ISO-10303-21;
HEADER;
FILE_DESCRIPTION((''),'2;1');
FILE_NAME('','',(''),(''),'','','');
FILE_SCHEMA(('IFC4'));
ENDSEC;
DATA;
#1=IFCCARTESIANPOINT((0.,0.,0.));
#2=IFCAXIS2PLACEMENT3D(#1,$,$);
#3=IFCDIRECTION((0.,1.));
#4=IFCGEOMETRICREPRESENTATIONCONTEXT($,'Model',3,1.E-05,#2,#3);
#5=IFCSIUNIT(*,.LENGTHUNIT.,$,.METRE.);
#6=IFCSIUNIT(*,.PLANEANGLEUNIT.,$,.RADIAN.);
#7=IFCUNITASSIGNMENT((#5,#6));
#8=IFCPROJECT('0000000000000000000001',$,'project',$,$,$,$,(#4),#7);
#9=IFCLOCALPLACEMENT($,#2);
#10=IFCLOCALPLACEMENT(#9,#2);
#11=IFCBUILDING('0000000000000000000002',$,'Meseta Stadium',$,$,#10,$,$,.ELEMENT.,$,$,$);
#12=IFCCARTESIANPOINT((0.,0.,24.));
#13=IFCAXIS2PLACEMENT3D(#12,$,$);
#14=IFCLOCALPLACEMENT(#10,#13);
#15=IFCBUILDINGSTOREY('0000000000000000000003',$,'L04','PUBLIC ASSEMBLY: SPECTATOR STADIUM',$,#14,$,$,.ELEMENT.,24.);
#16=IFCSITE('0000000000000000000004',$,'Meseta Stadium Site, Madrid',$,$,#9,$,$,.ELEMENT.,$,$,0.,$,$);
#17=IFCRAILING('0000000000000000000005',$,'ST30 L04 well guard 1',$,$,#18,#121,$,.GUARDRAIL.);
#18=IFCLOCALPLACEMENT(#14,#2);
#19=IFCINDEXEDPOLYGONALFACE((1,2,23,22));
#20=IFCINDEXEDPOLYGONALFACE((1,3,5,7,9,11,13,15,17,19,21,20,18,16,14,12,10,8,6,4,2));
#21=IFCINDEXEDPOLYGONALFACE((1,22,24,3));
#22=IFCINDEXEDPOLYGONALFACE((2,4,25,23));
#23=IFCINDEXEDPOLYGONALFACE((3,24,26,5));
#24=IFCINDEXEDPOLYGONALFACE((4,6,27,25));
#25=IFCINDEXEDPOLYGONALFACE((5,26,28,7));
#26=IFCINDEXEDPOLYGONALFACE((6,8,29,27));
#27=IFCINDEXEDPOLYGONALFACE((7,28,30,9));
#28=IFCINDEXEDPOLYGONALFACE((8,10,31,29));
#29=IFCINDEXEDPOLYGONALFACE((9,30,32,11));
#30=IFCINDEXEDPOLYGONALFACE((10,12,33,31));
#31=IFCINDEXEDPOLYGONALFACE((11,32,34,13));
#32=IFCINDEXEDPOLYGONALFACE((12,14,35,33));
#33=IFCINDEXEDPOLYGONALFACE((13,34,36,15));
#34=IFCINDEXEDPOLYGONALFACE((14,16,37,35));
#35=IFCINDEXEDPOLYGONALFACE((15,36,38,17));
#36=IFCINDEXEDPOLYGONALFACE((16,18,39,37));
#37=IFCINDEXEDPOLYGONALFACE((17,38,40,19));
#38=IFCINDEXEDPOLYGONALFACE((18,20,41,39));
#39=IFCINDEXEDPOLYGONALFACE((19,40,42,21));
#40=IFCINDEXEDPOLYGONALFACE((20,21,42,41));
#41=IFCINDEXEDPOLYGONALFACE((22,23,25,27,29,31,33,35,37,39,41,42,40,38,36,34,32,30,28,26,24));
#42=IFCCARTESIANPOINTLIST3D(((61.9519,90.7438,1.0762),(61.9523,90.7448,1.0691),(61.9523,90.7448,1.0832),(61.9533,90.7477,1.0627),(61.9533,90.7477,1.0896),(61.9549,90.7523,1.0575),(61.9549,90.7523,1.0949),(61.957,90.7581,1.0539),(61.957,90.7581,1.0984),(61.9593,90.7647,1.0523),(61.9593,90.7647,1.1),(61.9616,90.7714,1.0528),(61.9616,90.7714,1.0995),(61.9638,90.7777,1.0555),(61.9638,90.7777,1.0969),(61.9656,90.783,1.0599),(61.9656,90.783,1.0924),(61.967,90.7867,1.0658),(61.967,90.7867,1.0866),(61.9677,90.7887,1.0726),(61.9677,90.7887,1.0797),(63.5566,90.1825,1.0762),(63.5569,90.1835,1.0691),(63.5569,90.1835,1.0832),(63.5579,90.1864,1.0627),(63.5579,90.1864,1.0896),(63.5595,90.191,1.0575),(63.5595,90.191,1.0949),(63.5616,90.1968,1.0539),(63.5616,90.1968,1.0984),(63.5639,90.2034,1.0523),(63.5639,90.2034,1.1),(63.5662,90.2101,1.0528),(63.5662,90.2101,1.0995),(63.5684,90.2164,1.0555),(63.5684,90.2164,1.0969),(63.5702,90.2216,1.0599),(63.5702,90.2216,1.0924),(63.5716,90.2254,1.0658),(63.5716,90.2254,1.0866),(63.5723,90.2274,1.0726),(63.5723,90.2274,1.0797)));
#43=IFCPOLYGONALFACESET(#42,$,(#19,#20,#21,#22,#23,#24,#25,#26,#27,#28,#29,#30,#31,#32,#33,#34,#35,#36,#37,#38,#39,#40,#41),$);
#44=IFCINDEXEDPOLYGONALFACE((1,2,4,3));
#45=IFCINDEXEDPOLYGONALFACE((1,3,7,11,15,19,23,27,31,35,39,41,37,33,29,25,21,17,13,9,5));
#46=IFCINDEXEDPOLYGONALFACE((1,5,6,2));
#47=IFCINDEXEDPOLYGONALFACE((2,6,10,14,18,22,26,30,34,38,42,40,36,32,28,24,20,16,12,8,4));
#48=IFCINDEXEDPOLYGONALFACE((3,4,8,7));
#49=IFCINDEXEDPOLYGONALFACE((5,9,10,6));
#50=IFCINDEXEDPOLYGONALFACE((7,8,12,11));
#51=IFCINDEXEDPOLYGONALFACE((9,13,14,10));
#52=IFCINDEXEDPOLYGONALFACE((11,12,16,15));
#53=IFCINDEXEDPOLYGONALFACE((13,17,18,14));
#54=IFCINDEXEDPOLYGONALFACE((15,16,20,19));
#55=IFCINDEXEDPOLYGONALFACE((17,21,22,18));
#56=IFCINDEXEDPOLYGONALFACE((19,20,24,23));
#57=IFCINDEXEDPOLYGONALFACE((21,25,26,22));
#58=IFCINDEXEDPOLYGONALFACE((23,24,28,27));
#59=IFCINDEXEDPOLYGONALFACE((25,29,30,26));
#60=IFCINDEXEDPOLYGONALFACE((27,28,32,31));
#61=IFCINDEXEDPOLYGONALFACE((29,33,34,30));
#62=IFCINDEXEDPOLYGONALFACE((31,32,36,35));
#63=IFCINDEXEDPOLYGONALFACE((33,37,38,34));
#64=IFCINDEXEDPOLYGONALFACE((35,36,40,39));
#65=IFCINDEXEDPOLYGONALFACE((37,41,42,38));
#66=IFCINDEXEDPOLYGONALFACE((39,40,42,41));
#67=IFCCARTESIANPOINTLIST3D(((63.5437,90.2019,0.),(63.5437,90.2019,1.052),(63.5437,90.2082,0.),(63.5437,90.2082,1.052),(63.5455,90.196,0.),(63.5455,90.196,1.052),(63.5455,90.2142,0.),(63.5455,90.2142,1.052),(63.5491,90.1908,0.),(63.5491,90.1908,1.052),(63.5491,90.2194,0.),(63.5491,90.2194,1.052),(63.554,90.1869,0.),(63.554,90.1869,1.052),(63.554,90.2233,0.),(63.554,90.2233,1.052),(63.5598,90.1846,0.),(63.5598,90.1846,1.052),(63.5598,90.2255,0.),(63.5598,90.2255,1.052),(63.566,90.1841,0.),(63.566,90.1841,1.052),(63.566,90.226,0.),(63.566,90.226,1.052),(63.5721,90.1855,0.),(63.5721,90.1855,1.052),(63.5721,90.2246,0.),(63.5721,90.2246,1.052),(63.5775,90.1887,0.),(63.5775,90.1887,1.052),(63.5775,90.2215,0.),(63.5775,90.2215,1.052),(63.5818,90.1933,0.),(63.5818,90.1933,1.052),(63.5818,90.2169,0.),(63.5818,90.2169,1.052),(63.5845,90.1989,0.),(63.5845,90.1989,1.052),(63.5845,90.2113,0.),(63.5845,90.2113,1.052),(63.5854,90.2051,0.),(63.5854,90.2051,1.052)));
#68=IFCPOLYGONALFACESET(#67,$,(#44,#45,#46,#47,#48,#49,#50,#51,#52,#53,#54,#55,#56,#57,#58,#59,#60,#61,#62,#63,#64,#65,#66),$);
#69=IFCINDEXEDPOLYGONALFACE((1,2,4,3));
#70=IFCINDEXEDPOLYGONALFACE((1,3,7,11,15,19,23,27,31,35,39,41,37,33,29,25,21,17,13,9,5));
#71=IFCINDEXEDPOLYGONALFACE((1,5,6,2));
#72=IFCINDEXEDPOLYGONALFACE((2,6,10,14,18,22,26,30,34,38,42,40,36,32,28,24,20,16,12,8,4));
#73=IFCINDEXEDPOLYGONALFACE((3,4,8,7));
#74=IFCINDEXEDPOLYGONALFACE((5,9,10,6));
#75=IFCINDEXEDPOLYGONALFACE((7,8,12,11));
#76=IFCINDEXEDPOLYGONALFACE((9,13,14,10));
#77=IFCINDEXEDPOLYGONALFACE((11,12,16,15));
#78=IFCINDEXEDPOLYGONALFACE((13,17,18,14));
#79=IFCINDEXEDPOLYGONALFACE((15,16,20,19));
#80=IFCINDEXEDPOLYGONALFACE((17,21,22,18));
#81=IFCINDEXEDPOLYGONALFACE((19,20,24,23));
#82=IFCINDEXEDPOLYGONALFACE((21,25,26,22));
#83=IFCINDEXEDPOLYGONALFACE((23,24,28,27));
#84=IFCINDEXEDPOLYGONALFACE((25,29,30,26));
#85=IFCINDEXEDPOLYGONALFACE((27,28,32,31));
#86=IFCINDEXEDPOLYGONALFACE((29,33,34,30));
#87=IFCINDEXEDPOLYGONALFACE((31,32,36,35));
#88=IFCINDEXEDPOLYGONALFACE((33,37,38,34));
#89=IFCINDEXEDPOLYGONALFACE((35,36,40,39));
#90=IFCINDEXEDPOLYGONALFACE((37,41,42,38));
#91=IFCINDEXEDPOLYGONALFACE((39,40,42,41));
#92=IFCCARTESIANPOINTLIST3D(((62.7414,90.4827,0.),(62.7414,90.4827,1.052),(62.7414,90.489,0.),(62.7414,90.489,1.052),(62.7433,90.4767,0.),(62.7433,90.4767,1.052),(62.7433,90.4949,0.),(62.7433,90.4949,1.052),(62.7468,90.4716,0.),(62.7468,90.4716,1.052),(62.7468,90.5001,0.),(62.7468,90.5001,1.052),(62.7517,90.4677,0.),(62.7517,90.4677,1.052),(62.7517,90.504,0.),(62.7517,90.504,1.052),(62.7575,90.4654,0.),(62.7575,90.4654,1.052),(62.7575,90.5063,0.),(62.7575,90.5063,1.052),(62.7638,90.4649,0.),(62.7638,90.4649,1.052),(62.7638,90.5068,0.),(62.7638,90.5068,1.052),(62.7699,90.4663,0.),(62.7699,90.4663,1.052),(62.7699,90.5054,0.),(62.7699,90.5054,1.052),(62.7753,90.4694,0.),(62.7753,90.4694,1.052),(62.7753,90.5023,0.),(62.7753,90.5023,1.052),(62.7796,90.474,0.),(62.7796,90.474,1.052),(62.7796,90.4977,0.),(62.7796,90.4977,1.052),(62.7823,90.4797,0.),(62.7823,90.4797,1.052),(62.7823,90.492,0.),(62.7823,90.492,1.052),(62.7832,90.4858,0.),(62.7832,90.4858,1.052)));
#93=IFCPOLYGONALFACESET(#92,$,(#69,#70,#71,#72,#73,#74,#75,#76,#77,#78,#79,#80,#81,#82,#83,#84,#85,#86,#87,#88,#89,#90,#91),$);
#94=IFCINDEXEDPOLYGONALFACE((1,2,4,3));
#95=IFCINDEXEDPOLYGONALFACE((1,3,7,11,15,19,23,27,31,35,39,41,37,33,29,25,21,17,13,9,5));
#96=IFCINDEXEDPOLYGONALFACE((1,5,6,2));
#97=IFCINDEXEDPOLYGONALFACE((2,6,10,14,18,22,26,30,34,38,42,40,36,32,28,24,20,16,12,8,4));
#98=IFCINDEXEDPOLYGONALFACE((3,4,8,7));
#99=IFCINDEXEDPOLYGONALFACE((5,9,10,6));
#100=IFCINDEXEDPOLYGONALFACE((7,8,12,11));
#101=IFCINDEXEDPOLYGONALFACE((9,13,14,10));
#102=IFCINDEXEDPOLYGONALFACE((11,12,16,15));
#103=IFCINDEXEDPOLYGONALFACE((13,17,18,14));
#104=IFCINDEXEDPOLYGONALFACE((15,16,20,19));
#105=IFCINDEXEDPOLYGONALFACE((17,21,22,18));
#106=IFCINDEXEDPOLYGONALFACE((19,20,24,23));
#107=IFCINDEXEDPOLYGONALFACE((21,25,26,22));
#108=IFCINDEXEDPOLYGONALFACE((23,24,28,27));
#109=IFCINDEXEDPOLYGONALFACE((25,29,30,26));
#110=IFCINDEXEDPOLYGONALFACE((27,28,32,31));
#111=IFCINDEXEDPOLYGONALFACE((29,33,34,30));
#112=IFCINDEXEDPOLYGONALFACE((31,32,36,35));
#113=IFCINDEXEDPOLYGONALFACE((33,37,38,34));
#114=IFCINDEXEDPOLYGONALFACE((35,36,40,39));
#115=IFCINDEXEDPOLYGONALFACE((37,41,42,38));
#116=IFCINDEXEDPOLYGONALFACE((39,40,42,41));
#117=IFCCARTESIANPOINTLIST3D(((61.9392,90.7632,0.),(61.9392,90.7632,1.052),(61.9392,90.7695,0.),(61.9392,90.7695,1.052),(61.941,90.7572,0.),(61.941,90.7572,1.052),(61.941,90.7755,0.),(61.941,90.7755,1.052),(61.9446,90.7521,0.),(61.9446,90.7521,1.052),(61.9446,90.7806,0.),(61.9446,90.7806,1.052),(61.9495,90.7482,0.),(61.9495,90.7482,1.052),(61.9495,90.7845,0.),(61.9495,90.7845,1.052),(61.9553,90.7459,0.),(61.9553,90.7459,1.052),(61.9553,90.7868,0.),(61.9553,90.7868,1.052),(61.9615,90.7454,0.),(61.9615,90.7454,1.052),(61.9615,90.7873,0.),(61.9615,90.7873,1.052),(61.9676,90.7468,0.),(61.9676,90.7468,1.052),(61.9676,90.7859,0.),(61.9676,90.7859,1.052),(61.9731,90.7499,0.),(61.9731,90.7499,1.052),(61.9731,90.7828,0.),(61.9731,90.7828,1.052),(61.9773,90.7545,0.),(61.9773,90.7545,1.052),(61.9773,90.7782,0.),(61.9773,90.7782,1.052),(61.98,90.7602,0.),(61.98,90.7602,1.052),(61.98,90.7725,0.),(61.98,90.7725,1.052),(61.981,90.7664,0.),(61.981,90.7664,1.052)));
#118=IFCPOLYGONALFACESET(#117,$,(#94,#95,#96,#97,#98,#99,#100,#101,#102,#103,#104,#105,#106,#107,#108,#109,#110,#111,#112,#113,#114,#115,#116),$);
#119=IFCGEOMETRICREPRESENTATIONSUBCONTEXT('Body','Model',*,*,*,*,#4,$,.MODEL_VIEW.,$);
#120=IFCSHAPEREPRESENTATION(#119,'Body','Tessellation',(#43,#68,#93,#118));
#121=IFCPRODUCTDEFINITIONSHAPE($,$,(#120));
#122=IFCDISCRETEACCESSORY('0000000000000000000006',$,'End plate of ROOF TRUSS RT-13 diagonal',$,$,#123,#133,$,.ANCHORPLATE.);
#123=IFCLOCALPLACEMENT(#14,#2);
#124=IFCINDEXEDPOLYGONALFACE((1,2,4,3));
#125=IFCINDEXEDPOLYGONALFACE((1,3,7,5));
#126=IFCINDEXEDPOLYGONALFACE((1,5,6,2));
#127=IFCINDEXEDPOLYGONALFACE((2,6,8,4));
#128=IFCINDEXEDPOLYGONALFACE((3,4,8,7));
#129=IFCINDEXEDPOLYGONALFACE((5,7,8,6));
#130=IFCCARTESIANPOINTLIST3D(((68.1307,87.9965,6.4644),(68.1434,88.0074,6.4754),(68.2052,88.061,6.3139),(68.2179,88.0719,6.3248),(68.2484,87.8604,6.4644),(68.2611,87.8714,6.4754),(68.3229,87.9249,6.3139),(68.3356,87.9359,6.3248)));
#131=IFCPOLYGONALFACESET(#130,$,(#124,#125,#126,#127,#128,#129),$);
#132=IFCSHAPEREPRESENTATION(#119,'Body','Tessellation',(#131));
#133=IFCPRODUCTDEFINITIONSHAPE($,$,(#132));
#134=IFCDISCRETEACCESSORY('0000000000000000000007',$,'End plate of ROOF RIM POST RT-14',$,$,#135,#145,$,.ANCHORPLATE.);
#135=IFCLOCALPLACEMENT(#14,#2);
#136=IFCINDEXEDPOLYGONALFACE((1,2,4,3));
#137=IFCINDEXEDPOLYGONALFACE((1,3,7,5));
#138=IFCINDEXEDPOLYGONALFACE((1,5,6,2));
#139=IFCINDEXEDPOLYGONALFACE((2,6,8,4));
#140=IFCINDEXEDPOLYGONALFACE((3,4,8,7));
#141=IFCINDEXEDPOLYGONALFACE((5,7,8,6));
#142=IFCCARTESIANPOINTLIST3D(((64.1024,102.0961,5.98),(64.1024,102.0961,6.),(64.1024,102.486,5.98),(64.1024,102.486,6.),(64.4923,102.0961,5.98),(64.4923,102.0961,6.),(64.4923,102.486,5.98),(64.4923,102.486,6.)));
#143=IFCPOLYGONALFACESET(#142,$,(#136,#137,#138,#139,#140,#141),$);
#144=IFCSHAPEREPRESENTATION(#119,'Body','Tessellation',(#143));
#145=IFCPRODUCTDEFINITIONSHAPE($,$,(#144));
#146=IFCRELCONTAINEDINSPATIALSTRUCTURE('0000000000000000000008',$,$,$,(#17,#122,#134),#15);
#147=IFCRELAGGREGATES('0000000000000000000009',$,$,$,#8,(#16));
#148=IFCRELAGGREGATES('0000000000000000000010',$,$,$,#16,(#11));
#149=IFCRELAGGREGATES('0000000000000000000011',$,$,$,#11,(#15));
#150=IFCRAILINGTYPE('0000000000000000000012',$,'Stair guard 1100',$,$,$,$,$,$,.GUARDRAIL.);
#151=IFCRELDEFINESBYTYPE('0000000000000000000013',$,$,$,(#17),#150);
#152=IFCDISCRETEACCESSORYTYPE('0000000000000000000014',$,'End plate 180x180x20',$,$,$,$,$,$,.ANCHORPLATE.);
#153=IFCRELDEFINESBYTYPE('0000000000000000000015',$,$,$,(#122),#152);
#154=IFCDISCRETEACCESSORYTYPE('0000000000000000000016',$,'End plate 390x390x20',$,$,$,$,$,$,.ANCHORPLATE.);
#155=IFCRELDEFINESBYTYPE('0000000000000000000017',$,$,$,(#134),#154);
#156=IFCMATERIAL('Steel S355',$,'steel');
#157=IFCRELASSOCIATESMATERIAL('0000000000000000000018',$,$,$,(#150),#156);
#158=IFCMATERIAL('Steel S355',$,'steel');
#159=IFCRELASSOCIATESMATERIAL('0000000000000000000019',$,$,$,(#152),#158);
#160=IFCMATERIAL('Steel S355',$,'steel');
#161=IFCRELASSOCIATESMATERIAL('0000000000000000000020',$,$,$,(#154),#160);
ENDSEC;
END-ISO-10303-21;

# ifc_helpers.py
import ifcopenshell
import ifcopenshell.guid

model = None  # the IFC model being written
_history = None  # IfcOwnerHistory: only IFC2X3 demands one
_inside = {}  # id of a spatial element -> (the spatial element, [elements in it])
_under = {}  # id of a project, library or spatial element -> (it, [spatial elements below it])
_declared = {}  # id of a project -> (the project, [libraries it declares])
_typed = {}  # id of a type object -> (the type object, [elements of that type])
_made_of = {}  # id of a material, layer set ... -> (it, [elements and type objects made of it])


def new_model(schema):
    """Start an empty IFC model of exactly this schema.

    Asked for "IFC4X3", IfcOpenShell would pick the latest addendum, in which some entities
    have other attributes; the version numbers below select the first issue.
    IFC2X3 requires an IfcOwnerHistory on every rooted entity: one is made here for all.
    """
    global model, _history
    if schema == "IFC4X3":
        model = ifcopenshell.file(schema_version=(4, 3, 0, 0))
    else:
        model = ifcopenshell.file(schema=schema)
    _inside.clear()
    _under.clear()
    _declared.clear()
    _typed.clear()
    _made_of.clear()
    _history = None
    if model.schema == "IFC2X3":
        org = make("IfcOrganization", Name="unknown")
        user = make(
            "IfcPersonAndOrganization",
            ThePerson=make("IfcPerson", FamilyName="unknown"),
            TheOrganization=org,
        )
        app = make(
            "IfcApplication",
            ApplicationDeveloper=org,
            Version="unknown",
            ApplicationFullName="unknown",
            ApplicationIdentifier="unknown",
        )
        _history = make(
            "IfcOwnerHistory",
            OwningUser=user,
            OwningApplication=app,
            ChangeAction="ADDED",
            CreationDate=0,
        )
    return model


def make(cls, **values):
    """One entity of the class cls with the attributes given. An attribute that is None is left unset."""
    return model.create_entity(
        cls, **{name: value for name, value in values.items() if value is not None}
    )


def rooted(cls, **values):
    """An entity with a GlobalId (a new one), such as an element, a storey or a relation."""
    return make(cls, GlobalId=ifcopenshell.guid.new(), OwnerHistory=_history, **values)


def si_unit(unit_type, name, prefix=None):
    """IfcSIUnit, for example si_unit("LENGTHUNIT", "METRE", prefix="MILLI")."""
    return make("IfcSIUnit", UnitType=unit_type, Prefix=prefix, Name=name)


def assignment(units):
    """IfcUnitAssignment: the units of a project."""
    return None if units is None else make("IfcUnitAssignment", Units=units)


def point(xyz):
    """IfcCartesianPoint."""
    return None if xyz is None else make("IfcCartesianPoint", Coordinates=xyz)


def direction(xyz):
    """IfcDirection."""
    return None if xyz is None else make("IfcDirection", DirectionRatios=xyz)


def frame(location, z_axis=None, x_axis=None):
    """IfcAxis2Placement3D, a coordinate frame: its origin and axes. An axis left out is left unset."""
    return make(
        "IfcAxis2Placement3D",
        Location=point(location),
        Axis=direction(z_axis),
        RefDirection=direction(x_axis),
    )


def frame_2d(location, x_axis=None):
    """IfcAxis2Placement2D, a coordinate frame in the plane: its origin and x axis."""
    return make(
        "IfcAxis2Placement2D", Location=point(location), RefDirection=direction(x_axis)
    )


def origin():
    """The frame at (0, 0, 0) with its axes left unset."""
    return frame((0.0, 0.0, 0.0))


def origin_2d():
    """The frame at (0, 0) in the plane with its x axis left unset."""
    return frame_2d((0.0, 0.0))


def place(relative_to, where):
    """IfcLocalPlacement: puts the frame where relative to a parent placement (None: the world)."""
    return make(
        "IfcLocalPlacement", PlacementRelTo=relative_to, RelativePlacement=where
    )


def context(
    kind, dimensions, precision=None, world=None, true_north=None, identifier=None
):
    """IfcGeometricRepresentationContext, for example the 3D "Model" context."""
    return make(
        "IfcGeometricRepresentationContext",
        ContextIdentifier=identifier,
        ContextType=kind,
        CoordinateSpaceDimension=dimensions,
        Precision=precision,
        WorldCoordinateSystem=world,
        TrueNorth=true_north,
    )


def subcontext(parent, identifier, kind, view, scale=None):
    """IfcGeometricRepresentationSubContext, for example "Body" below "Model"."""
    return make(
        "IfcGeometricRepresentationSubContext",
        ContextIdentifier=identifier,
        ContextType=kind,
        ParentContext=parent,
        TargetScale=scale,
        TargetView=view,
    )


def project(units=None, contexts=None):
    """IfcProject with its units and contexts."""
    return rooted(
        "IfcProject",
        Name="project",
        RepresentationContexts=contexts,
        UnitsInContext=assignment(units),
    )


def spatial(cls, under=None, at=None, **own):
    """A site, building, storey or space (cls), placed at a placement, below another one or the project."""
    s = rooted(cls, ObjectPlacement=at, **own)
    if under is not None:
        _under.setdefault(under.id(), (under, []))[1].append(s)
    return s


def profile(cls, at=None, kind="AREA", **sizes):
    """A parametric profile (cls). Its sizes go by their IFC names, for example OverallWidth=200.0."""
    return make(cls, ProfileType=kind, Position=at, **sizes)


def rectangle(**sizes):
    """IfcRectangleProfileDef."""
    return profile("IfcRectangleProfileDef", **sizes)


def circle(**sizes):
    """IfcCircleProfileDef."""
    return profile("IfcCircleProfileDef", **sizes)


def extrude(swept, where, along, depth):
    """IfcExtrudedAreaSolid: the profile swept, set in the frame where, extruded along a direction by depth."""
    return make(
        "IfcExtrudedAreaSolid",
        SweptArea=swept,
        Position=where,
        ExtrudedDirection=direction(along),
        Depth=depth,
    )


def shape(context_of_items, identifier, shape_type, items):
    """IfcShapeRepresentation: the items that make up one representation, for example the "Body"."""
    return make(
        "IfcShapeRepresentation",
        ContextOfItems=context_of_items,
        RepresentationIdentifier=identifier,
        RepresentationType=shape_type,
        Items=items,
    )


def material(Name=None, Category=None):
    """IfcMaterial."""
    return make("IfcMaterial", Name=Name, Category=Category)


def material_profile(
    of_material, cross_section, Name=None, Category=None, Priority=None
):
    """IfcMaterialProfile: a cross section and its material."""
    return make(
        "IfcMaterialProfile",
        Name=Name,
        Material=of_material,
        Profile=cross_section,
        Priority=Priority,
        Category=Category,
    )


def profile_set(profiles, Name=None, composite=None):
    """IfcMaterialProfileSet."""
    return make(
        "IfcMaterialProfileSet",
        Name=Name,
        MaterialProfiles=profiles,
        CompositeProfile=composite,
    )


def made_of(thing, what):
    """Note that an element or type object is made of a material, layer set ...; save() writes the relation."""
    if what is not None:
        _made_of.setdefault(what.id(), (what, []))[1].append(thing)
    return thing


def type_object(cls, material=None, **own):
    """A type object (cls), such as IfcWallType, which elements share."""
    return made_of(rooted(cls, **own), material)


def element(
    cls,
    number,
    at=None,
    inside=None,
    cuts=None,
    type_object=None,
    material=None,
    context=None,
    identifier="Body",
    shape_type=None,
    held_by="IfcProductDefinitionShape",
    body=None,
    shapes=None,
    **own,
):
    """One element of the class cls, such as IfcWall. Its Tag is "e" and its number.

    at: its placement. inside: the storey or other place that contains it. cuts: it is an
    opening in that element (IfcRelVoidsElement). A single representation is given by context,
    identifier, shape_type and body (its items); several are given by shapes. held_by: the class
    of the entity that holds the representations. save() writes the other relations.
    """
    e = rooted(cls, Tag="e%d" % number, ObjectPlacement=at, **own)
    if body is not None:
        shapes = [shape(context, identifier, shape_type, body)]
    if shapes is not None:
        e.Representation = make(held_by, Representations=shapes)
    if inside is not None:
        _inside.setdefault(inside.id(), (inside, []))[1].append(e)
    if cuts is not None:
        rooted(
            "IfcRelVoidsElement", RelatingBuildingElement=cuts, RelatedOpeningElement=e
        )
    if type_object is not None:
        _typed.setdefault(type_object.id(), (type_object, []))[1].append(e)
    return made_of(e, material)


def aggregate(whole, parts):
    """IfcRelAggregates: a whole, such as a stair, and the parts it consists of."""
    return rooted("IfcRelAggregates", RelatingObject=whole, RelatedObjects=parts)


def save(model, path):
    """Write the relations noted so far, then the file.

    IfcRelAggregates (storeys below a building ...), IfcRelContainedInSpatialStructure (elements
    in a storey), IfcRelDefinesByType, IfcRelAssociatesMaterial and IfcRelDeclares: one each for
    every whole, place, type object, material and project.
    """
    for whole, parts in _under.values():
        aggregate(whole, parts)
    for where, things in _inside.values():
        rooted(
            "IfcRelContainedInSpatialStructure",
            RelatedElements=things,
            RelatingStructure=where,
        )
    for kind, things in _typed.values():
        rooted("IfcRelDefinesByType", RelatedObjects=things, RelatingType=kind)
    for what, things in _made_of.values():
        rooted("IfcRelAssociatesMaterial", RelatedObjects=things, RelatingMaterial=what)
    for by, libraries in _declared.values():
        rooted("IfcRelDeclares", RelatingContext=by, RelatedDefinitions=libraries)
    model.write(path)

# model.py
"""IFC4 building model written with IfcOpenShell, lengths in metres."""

from ifc_helpers import new_model, si_unit, direction, frame, origin, origin_2d, place, context, subcontext, project, spatial, rectangle, circle, extrude, material, material_profile, profile_set, type_object, element, save


model = new_model("IFC4")

# Units and contexts
model_context = context("Model", 3, precision=1e-05, world=origin(), true_north=direction((0.0, 1.0)))
body_context = subcontext(model_context, "Body", "Model", "MODEL_VIEW")
ifc_project = project(units=[si_unit("LENGTHUNIT", "METRE"), si_unit("PLANEANGLEUNIT", "RADIAN")], contexts=[model_context])

# Site, building, storey
site_placement = place(None, origin())
site = spatial("IfcSite", under=ifc_project, at=site_placement, Name="Meseta Stadium Site, Madrid", CompositionType="ELEMENT", RefElevation=0.0)
building_placement = place(site_placement, origin())
building = spatial("IfcBuilding", under=site, at=building_placement, Name="Meseta Stadium", CompositionType="ELEMENT")
storey_placement = place(building_placement, frame((0.0, 0.0, 24.0)))
storey = spatial("IfcBuildingStorey", under=building, at=storey_placement, Name="L04", Description="PUBLIC ASSEMBLY: SPECTATOR STADIUM", CompositionType="ELEMENT", Elevation=24.0)

# Railing
ifc_material_1 = material(Name="Steel S355", Category="steel")
railing_type = type_object("IfcRailingType", Name="Stair guard 1100", PredefinedType="GUARDRAIL", material=ifc_material_1)
railing_1_placement = place(storey_placement, frame((63.5645, 90.2051, 0.0)))
element("IfcRailing", 1, at=railing_1_placement, inside=storey, type_object=railing_type, Name="ST30 L04 well guard 1", PredefinedType="GUARDRAIL", context=body_context, shape_type="SweptSolid", body=[
    extrude(circle(Radius=0.0239, at=origin_2d()), frame((0.0, 0.0, 1.0762), z_axis=(-0.943912, 0.330197, 0.0), x_axis=(-0.330197, -0.943912, 0.0)), (0.0, 0.0, 1.0), 1.7),
    extrude(circle(Radius=0.021, at=origin_2d()), origin(), (0.0, 0.0, 1.0), 1.052),
    extrude(circle(Radius=0.021, at=origin_2d()), frame((-0.8022, 0.2808, 0.0)), (0.0, 0.0, 1.0), 1.052),
    extrude(circle(Radius=0.021, at=origin_2d()), frame((-1.6045, 0.5613, 0.0)), (0.0, 0.0, 1.0), 1.052),
])

# Discrete accessories
ifc_material_2 = material(Name="Steel S355", Category="steel")
ifc_material_profile_1 = material_profile(ifc_material_2, rectangle(XDim=0.1799, YDim=0.1799, at=origin_2d()), Name="PL 180x180")
ifc_profile_set_1 = profile_set([ifc_material_profile_1], Name="Steel S355")
discrete_accessory_type_1 = type_object("IfcDiscreteAccessoryType", Name="End plate 180x180x20", PredefinedType="ANCHORPLATE", material=ifc_profile_set_1)
discrete_accessory_1_placement = place(storey_placement, frame((68.2268, 87.9607, 6.3892), z_axis=(0.632736, 0.54756, 0.54756), x_axis=(-0.654377, 0.756169, 0.0)))
element("IfcDiscreteAccessory", 2, at=discrete_accessory_1_placement, inside=storey, type_object=discrete_accessory_type_1, Name="End plate of ROOF TRUSS RT-13 diagonal", PredefinedType="ANCHORPLATE", context=body_context, shape_type="SweptSolid", body=[
    extrude(rectangle(XDim=0.1799, YDim=0.1799, at=origin_2d()), origin(), (0.0, 0.0, 1.0), 0.02),
])
ifc_material_3 = material(Name="Steel S355", Category="steel")
ifc_material_profile_2 = material_profile(ifc_material_3, rectangle(XDim=0.3899, YDim=0.3899, at=origin_2d()), Name="PL 390x390")
ifc_profile_set_2 = profile_set([ifc_material_profile_2], Name="Steel S355")
discrete_accessory_type_2 = type_object("IfcDiscreteAccessoryType", Name="End plate 390x390x20", PredefinedType="ANCHORPLATE", material=ifc_profile_set_2)
discrete_accessory_2_placement = place(storey_placement, frame((64.2974, 102.291, 5.98), z_axis=(0.0, 0.0, 1.0), x_axis=(1.0, 0.0, 0.0)))
element("IfcDiscreteAccessory", 3, at=discrete_accessory_2_placement, inside=storey, type_object=discrete_accessory_type_2, Name="End plate of ROOF RIM POST RT-14", PredefinedType="ANCHORPLATE", context=body_context, shape_type="SweptSolid", body=[
    extrude(rectangle(XDim=0.3899, YDim=0.3899, at=origin_2d()), origin(), (0.0, 0.0, 1.0), 0.02),
])

save(model, "model.ifc")
